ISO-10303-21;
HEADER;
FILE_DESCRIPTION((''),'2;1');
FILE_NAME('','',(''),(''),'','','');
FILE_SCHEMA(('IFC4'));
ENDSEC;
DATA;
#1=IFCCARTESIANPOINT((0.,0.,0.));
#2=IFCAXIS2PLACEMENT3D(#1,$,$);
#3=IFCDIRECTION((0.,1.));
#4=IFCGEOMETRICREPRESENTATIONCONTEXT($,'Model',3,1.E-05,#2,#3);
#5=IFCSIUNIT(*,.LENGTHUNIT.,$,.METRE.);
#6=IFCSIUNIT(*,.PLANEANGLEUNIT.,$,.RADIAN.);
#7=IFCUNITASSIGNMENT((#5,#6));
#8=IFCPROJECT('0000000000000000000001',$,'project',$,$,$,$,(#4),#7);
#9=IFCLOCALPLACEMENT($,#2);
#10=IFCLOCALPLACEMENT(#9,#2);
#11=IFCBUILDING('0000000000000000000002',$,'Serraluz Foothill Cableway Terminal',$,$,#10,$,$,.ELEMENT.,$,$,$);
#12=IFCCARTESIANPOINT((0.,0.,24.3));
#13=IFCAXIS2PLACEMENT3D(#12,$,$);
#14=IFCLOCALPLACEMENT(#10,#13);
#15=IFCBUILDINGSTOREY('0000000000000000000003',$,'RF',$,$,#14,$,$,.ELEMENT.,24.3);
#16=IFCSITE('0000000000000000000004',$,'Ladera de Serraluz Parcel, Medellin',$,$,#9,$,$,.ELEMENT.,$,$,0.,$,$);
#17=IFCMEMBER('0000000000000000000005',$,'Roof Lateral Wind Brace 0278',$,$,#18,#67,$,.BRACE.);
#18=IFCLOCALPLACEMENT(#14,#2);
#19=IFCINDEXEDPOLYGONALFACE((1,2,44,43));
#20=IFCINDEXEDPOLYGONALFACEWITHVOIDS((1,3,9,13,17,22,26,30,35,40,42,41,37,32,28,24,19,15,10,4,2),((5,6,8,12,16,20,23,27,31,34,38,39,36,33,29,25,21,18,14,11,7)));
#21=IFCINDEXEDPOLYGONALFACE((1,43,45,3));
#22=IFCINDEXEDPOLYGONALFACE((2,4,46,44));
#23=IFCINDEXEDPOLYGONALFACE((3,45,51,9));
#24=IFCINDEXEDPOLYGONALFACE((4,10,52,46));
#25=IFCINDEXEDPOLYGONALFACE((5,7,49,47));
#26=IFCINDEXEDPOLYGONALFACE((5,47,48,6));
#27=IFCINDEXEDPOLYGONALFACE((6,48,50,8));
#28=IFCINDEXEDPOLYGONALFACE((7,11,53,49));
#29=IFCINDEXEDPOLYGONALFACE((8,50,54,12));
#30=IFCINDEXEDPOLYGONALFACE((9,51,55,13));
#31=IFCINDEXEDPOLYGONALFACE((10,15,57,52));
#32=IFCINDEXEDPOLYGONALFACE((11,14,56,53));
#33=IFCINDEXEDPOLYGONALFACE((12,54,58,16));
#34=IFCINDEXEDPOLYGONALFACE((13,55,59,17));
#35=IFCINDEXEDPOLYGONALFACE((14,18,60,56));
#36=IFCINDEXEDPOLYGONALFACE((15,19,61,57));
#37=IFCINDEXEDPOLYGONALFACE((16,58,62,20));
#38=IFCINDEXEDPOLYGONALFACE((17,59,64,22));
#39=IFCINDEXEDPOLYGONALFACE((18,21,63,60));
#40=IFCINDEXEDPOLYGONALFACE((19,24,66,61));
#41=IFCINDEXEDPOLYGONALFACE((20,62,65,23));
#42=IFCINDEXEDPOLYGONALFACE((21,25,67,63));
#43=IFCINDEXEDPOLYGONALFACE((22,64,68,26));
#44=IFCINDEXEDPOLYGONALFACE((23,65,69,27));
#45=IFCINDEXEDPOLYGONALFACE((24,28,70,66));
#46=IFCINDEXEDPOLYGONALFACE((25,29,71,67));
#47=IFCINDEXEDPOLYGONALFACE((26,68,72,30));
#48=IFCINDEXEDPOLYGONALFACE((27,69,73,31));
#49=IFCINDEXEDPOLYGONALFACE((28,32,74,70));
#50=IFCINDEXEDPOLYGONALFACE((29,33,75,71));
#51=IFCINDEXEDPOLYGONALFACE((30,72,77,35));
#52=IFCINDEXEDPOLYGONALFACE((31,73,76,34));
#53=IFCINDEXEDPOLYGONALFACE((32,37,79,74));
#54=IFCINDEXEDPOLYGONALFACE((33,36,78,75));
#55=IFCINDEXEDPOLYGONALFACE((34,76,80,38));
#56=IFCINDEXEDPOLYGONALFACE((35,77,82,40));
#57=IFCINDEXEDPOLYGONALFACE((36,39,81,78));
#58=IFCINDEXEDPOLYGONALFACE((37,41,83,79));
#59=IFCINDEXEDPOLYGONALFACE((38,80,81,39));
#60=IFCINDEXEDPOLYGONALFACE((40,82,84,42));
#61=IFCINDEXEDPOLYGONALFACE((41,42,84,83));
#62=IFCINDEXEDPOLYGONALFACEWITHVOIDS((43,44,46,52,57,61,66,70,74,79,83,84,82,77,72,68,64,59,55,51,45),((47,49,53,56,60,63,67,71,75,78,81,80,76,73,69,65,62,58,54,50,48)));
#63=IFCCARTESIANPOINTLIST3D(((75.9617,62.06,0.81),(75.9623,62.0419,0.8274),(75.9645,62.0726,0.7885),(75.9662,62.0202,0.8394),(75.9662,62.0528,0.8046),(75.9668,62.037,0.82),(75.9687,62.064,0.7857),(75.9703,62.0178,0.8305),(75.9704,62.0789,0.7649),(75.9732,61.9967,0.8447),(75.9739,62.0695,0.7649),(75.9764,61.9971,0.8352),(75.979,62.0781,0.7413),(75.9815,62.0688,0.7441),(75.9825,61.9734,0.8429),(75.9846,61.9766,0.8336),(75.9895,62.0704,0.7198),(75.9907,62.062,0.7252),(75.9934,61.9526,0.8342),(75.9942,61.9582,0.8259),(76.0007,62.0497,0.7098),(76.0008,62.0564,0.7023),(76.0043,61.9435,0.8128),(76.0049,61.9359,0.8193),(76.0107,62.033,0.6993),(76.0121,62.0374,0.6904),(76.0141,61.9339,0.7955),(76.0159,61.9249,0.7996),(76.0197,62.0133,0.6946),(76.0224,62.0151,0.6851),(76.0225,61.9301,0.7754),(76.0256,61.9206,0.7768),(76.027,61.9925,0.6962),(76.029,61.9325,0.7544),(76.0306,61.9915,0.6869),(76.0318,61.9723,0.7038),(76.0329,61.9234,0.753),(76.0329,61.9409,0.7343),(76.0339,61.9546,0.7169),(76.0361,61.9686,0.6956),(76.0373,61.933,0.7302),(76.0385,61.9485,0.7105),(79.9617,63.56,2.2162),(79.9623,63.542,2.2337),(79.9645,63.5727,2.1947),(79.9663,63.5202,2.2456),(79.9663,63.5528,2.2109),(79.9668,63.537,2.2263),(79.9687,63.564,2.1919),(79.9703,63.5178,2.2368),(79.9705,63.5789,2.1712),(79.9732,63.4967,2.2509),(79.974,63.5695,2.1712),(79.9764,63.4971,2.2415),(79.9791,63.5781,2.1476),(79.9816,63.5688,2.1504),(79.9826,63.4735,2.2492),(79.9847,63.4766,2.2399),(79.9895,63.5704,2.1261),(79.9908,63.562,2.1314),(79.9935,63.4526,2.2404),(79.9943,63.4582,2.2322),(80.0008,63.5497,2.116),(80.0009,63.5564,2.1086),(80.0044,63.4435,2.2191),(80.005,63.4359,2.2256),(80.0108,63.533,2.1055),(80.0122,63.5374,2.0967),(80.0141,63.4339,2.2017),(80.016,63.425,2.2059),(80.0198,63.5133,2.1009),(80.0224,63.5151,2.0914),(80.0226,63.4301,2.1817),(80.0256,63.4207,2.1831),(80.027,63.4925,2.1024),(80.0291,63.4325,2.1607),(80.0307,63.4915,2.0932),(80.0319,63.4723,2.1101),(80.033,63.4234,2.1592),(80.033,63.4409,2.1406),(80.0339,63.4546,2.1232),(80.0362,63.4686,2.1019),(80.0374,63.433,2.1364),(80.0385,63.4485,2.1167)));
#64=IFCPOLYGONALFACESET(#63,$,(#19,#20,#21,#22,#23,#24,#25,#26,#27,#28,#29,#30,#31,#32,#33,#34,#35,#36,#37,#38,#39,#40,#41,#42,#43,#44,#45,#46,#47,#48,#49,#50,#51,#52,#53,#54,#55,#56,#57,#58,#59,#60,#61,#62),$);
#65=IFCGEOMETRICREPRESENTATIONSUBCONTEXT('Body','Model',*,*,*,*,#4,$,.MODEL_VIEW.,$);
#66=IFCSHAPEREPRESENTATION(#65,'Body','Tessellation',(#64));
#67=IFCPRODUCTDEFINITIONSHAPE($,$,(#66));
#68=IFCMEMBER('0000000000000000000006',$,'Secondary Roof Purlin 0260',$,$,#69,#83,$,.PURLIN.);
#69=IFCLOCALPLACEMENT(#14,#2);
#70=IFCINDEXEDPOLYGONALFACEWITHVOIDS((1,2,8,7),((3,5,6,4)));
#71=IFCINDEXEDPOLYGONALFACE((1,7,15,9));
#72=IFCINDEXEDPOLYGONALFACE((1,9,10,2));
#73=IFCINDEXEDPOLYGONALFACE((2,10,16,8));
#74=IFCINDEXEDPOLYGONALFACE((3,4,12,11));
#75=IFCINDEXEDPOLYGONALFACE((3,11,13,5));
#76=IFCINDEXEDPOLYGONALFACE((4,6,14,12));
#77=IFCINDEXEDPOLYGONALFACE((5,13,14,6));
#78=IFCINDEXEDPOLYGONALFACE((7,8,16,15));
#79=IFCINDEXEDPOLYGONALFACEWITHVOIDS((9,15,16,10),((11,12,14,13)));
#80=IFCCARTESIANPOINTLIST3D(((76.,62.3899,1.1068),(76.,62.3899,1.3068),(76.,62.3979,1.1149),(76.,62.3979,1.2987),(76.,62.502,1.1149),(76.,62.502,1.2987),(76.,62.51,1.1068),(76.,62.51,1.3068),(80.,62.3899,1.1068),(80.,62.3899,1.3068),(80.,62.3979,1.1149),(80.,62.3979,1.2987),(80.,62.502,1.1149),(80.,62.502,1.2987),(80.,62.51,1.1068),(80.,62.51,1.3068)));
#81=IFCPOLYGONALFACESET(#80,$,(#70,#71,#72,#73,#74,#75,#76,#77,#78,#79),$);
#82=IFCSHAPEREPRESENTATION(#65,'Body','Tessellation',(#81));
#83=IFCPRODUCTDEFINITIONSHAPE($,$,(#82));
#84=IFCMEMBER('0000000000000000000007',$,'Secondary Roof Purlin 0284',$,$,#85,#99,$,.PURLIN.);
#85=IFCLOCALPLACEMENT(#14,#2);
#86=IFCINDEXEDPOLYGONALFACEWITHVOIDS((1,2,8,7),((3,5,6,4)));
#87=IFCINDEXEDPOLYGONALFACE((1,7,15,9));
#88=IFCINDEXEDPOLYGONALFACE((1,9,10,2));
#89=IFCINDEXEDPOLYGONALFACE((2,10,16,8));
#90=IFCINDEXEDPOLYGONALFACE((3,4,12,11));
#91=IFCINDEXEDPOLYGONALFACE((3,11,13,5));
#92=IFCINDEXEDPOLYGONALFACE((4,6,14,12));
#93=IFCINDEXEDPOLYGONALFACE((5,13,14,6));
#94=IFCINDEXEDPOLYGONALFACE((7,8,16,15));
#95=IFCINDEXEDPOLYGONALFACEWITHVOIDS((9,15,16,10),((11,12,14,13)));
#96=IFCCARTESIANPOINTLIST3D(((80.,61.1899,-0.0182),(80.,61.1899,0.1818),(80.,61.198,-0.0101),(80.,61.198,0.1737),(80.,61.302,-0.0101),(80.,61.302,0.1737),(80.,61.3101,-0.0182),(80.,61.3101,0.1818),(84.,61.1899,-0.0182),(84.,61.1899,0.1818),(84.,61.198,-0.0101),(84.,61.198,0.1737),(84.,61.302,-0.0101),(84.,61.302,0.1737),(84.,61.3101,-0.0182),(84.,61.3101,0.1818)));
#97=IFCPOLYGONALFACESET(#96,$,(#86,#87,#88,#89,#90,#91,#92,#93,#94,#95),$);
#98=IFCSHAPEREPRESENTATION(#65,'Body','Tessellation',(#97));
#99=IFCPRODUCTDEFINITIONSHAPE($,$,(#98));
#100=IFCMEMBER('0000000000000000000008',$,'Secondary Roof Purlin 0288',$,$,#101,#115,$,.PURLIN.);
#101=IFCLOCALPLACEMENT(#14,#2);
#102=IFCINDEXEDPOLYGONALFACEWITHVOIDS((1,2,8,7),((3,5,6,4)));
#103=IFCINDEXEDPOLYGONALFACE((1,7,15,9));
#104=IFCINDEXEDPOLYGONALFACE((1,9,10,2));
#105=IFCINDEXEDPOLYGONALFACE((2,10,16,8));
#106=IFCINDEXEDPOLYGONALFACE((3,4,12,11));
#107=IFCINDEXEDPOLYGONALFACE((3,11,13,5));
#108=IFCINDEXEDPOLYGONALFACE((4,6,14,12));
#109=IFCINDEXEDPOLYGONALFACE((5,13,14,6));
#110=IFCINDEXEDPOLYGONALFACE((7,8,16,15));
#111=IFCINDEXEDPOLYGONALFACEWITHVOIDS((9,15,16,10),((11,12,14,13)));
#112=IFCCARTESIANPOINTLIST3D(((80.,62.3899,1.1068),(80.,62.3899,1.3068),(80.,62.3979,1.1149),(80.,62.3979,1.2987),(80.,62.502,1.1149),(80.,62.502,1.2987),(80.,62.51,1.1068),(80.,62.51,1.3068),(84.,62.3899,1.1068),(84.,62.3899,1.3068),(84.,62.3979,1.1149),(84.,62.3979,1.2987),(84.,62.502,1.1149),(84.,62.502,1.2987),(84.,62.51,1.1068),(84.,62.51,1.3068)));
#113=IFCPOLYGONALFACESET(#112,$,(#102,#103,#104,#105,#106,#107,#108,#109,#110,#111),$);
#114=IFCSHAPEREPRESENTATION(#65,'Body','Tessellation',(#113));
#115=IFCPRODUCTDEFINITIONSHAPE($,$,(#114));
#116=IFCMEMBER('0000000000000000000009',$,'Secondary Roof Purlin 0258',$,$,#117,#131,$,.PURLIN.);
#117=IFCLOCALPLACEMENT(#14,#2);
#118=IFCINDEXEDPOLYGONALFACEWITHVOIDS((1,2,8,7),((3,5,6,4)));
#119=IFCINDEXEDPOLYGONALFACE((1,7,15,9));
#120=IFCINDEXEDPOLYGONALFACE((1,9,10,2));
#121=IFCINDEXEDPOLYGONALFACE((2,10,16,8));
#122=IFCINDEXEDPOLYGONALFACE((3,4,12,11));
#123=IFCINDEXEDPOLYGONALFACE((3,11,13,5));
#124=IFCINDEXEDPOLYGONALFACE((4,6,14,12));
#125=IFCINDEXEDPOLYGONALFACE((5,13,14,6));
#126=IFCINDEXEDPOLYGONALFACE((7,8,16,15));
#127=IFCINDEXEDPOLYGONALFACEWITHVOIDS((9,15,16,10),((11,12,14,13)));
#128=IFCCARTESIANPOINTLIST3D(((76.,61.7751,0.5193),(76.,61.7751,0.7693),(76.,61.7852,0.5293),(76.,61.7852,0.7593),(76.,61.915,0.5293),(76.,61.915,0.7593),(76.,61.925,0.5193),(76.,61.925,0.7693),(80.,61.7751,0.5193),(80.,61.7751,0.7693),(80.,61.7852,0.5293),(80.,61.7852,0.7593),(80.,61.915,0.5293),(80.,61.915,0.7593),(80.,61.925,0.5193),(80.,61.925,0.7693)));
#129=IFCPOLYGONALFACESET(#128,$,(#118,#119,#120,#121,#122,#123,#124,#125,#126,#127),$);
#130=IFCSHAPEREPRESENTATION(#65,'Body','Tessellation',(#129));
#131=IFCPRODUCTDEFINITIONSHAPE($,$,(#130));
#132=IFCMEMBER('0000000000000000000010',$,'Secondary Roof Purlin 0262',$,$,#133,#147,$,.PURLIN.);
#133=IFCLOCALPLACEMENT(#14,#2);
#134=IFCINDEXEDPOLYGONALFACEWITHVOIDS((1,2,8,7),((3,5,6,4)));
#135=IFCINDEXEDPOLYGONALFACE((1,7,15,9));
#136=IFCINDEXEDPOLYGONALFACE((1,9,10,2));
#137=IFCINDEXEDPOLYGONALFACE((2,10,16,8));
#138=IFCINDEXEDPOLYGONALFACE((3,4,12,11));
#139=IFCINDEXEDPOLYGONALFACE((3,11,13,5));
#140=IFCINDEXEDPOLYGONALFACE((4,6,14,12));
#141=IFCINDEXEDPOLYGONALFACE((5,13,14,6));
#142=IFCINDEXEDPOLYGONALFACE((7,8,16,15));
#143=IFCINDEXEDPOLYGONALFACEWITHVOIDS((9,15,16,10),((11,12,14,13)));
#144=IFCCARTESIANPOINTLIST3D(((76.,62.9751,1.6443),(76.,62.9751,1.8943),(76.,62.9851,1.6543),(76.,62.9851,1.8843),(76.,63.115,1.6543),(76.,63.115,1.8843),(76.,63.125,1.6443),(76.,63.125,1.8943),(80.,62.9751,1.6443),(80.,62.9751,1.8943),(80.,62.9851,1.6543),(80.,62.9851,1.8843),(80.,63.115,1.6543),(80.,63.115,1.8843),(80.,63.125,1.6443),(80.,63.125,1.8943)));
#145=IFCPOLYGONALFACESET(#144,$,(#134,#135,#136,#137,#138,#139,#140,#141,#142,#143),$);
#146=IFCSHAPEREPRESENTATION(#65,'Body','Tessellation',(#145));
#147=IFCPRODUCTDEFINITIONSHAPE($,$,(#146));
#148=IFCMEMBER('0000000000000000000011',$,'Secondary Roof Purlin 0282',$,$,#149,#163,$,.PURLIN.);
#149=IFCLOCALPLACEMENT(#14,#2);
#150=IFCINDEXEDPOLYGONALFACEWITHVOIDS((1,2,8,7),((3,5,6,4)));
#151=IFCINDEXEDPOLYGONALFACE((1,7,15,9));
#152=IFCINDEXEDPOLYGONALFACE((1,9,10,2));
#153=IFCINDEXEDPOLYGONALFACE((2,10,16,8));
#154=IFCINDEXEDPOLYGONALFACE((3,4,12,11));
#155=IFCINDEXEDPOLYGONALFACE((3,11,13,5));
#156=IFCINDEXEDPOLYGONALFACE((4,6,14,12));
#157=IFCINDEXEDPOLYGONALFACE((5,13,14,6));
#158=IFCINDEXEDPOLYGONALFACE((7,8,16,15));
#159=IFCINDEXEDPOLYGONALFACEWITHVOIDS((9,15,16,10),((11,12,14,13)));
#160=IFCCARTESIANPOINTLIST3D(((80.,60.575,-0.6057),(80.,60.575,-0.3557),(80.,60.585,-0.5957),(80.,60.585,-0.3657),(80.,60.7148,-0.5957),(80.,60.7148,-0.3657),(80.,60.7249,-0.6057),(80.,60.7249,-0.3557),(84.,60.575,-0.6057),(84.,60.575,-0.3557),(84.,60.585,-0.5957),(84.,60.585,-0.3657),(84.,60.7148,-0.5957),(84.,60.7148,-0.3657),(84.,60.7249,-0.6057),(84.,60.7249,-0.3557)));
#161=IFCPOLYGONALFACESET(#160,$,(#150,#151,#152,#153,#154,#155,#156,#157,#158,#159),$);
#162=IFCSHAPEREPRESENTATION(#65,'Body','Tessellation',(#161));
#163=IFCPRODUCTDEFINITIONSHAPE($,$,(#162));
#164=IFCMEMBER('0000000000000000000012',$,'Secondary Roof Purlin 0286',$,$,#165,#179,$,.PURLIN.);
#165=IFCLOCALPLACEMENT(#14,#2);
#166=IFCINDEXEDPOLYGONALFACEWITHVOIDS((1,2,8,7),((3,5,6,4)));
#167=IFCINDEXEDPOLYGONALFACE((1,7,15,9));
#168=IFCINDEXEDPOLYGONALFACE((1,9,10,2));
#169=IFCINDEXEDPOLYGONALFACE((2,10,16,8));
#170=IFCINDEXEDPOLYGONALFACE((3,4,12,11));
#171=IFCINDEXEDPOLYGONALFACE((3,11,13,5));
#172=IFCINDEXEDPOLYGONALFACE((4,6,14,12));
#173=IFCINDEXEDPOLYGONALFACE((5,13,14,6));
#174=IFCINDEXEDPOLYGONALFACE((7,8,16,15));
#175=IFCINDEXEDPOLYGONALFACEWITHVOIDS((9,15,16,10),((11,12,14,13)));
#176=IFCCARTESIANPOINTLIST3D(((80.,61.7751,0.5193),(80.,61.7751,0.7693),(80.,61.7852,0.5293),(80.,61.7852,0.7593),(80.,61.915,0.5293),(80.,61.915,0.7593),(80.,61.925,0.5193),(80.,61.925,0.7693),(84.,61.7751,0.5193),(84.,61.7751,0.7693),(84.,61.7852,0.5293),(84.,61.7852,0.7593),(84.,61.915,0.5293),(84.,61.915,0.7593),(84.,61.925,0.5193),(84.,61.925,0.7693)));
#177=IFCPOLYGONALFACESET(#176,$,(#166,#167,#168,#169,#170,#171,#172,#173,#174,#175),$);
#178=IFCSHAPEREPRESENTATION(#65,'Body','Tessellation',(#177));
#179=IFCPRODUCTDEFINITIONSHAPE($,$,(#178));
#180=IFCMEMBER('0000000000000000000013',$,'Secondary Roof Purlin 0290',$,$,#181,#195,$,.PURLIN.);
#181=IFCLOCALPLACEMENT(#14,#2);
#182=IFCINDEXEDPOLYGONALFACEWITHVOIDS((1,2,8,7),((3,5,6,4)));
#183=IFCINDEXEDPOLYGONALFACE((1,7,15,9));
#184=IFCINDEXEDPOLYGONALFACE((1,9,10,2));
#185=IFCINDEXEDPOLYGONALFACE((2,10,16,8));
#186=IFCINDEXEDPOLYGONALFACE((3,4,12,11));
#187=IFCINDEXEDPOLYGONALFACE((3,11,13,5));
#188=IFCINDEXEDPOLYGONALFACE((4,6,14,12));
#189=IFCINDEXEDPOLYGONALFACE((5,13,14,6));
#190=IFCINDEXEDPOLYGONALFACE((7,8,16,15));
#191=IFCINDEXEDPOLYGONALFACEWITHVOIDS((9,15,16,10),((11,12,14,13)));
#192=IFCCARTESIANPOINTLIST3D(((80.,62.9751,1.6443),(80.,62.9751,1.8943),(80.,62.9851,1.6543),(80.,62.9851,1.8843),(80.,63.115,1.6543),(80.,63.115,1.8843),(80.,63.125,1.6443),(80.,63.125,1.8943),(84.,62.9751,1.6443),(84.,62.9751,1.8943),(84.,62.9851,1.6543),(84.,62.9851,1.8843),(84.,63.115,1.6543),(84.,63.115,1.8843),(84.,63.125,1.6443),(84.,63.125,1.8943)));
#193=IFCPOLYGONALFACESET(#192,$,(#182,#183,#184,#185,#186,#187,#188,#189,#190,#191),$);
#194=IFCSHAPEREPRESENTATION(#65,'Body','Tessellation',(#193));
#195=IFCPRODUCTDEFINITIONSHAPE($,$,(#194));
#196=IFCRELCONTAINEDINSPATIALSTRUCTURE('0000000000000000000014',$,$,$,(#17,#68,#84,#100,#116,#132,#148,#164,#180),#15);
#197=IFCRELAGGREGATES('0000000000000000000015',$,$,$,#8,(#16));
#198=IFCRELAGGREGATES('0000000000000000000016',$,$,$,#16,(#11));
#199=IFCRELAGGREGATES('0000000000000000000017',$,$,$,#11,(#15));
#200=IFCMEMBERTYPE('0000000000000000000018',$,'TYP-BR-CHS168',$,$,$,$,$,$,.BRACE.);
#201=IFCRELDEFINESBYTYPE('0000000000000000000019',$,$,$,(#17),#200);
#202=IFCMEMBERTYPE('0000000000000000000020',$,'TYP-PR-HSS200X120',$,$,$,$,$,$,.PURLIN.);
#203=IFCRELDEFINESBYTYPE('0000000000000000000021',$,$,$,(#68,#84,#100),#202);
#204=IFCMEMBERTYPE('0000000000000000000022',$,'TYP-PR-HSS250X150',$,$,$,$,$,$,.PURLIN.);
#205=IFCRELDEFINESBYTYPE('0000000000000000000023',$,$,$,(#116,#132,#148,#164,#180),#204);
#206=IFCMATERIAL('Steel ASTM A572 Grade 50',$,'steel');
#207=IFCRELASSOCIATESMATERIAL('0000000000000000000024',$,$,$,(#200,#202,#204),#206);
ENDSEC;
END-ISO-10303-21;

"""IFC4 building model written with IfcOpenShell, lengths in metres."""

from ifc_helpers import new_model, si_unit, direction, frame, origin, origin_2d, place, context, subcontext, project, spatial, hollow_rectangle, hollow_circle, extrude, material, material_profile, profile_set, type_object, element, save


model = new_model("IFC4")

# Units and contexts
model_context = context("Model", 3, precision=1e-05, world=origin(), true_north=direction((0.0, 1.0)))
body_context = subcontext(model_context, "Body", "Model", "MODEL_VIEW")
ifc_project = project(units=[si_unit("LENGTHUNIT", "METRE"), si_unit("PLANEANGLEUNIT", "RADIAN")], contexts=[model_context])

# Site, building, storey
site_placement = place(None, origin())
site = spatial("IfcSite", under=ifc_project, at=site_placement, Name="Ladera de Serraluz Parcel, Medellin", CompositionType="ELEMENT", RefElevation=0.0)
building_placement = place(site_placement, origin())
building = spatial("IfcBuilding", under=site, at=building_placement, Name="Serraluz Foothill Cableway Terminal", CompositionType="ELEMENT")
storey_placement = place(building_placement, frame((0.0, 0.0, 24.3)))
storey = spatial("IfcBuildingStorey", under=building, at=storey_placement, Name="RF", CompositionType="ELEMENT", Elevation=24.3)

# Members
ifc_material_1 = material(Name="Steel ASTM A572 Grade 50", Category="steel")
ifc_material_profile_1 = material_profile(ifc_material_1, hollow_circle(Radius=0.0842, WallThickness=0.01, at=origin_2d()), Name="CHS168X10")
ifc_profile_set_1 = profile_set([ifc_material_profile_1], Name="Steel ASTM A572 Grade 50")
member_type_1 = type_object("IfcMemberType", Name="TYP-BR-CHS168", PredefinedType="BRACE", material=ifc_profile_set_1)
member_1_placement = place(storey_placement, frame((76.0, 62.0, 0.7649), z_axis=(0.889382, 0.333518, 0.312673), x_axis=(-0.351123, 0.936329, 0.0)))
element("IfcMember", 1, at=member_1_placement, inside=storey, type_object=member_type_1, Name="Roof Lateral Wind Brace 0278", PredefinedType="BRACE", context=body_context, shape_type="SweptSolid", body=[
    extrude(hollow_circle(Radius=0.0842, WallThickness=0.01, at=origin_2d()), origin(), (0.0, 0.0, 1.0), 4.4976),
])
ifc_material_profile_2 = material_profile(ifc_material_1, hollow_rectangle(XDim=0.1201, YDim=0.2, WallThickness=0.0081, at=origin_2d()), Name="HSS200X120X8")
ifc_profile_set_2 = profile_set([ifc_material_profile_2], Name="Steel ASTM A572 Grade 50")
member_type_2 = type_object("IfcMemberType", Name="TYP-PR-HSS200X120", PredefinedType="PURLIN", material=ifc_profile_set_2)
for number, where, z_axis, x_axis, name in (
    (2, (76.0, 62.45, 1.2068), (1.0, 0.0, 0.0), (0.0, 1.0, 0.0), "Secondary Roof Purlin 0260"),
    (3, (80.0, 61.25, 0.0818), (1.0, 0.0, 0.0), (0.0, 1.0, 0.0), "Secondary Roof Purlin 0284"),
    (4, (80.0, 62.45, 1.2068), (1.0, 0.0, 0.0), (0.0, 1.0, 0.0), "Secondary Roof Purlin 0288"),
):
    element("IfcMember", number, at=place(storey_placement, frame(where, z_axis=z_axis, x_axis=x_axis)), inside=storey, type_object=member_type_2, Name=name, PredefinedType="PURLIN", context=body_context, shape_type="SweptSolid", body=[
        extrude(hollow_rectangle(XDim=0.1201, YDim=0.2, WallThickness=0.0081, at=origin_2d()), origin(), (0.0, 0.0, 1.0), 4.0),
    ])
ifc_material_profile_3 = material_profile(ifc_material_1, hollow_rectangle(XDim=0.1499, YDim=0.25, WallThickness=0.01, at=origin_2d()), Name="HSS250X150X10")
ifc_profile_set_3 = profile_set([ifc_material_profile_3], Name="Steel ASTM A572 Grade 50")
member_type_3 = type_object("IfcMemberType", Name="TYP-PR-HSS250X150", PredefinedType="PURLIN", material=ifc_profile_set_3)
for number, where, z_axis, x_axis, name in (
    (5, (76.0, 61.8501, 0.6443), (1.0, 0.0, 0.0), (0.0, 1.0, 0.0), "Secondary Roof Purlin 0258"),
    (6, (76.0, 63.05, 1.7693), (1.0, 0.0, 0.0), (0.0, 1.0, 0.0), "Secondary Roof Purlin 0262"),
    (7, (80.0, 60.6499, -0.4807), (1.0, 0.0, 0.0), (0.0, 1.0, 0.0), "Secondary Roof Purlin 0282"),
    (8, (80.0, 61.8501, 0.6443), (1.0, 0.0, 0.0), (0.0, 1.0, 0.0), "Secondary Roof Purlin 0286"),
    (9, (80.0, 63.05, 1.7693), (1.0, 0.0, 0.0), (0.0, 1.0, 0.0), "Secondary Roof Purlin 0290"),
):
    element("IfcMember", number, at=place(storey_placement, frame(where, z_axis=z_axis, x_axis=x_axis)), inside=storey, type_object=member_type_3, Name=name, PredefinedType="PURLIN", context=body_context, shape_type="SweptSolid", body=[
        extrude(hollow_rectangle(XDim=0.1499, YDim=0.25, WallThickness=0.01, at=origin_2d()), origin(), (0.0, 0.0, 1.0), 4.0),
    ])

save(model, "model.ifc")
